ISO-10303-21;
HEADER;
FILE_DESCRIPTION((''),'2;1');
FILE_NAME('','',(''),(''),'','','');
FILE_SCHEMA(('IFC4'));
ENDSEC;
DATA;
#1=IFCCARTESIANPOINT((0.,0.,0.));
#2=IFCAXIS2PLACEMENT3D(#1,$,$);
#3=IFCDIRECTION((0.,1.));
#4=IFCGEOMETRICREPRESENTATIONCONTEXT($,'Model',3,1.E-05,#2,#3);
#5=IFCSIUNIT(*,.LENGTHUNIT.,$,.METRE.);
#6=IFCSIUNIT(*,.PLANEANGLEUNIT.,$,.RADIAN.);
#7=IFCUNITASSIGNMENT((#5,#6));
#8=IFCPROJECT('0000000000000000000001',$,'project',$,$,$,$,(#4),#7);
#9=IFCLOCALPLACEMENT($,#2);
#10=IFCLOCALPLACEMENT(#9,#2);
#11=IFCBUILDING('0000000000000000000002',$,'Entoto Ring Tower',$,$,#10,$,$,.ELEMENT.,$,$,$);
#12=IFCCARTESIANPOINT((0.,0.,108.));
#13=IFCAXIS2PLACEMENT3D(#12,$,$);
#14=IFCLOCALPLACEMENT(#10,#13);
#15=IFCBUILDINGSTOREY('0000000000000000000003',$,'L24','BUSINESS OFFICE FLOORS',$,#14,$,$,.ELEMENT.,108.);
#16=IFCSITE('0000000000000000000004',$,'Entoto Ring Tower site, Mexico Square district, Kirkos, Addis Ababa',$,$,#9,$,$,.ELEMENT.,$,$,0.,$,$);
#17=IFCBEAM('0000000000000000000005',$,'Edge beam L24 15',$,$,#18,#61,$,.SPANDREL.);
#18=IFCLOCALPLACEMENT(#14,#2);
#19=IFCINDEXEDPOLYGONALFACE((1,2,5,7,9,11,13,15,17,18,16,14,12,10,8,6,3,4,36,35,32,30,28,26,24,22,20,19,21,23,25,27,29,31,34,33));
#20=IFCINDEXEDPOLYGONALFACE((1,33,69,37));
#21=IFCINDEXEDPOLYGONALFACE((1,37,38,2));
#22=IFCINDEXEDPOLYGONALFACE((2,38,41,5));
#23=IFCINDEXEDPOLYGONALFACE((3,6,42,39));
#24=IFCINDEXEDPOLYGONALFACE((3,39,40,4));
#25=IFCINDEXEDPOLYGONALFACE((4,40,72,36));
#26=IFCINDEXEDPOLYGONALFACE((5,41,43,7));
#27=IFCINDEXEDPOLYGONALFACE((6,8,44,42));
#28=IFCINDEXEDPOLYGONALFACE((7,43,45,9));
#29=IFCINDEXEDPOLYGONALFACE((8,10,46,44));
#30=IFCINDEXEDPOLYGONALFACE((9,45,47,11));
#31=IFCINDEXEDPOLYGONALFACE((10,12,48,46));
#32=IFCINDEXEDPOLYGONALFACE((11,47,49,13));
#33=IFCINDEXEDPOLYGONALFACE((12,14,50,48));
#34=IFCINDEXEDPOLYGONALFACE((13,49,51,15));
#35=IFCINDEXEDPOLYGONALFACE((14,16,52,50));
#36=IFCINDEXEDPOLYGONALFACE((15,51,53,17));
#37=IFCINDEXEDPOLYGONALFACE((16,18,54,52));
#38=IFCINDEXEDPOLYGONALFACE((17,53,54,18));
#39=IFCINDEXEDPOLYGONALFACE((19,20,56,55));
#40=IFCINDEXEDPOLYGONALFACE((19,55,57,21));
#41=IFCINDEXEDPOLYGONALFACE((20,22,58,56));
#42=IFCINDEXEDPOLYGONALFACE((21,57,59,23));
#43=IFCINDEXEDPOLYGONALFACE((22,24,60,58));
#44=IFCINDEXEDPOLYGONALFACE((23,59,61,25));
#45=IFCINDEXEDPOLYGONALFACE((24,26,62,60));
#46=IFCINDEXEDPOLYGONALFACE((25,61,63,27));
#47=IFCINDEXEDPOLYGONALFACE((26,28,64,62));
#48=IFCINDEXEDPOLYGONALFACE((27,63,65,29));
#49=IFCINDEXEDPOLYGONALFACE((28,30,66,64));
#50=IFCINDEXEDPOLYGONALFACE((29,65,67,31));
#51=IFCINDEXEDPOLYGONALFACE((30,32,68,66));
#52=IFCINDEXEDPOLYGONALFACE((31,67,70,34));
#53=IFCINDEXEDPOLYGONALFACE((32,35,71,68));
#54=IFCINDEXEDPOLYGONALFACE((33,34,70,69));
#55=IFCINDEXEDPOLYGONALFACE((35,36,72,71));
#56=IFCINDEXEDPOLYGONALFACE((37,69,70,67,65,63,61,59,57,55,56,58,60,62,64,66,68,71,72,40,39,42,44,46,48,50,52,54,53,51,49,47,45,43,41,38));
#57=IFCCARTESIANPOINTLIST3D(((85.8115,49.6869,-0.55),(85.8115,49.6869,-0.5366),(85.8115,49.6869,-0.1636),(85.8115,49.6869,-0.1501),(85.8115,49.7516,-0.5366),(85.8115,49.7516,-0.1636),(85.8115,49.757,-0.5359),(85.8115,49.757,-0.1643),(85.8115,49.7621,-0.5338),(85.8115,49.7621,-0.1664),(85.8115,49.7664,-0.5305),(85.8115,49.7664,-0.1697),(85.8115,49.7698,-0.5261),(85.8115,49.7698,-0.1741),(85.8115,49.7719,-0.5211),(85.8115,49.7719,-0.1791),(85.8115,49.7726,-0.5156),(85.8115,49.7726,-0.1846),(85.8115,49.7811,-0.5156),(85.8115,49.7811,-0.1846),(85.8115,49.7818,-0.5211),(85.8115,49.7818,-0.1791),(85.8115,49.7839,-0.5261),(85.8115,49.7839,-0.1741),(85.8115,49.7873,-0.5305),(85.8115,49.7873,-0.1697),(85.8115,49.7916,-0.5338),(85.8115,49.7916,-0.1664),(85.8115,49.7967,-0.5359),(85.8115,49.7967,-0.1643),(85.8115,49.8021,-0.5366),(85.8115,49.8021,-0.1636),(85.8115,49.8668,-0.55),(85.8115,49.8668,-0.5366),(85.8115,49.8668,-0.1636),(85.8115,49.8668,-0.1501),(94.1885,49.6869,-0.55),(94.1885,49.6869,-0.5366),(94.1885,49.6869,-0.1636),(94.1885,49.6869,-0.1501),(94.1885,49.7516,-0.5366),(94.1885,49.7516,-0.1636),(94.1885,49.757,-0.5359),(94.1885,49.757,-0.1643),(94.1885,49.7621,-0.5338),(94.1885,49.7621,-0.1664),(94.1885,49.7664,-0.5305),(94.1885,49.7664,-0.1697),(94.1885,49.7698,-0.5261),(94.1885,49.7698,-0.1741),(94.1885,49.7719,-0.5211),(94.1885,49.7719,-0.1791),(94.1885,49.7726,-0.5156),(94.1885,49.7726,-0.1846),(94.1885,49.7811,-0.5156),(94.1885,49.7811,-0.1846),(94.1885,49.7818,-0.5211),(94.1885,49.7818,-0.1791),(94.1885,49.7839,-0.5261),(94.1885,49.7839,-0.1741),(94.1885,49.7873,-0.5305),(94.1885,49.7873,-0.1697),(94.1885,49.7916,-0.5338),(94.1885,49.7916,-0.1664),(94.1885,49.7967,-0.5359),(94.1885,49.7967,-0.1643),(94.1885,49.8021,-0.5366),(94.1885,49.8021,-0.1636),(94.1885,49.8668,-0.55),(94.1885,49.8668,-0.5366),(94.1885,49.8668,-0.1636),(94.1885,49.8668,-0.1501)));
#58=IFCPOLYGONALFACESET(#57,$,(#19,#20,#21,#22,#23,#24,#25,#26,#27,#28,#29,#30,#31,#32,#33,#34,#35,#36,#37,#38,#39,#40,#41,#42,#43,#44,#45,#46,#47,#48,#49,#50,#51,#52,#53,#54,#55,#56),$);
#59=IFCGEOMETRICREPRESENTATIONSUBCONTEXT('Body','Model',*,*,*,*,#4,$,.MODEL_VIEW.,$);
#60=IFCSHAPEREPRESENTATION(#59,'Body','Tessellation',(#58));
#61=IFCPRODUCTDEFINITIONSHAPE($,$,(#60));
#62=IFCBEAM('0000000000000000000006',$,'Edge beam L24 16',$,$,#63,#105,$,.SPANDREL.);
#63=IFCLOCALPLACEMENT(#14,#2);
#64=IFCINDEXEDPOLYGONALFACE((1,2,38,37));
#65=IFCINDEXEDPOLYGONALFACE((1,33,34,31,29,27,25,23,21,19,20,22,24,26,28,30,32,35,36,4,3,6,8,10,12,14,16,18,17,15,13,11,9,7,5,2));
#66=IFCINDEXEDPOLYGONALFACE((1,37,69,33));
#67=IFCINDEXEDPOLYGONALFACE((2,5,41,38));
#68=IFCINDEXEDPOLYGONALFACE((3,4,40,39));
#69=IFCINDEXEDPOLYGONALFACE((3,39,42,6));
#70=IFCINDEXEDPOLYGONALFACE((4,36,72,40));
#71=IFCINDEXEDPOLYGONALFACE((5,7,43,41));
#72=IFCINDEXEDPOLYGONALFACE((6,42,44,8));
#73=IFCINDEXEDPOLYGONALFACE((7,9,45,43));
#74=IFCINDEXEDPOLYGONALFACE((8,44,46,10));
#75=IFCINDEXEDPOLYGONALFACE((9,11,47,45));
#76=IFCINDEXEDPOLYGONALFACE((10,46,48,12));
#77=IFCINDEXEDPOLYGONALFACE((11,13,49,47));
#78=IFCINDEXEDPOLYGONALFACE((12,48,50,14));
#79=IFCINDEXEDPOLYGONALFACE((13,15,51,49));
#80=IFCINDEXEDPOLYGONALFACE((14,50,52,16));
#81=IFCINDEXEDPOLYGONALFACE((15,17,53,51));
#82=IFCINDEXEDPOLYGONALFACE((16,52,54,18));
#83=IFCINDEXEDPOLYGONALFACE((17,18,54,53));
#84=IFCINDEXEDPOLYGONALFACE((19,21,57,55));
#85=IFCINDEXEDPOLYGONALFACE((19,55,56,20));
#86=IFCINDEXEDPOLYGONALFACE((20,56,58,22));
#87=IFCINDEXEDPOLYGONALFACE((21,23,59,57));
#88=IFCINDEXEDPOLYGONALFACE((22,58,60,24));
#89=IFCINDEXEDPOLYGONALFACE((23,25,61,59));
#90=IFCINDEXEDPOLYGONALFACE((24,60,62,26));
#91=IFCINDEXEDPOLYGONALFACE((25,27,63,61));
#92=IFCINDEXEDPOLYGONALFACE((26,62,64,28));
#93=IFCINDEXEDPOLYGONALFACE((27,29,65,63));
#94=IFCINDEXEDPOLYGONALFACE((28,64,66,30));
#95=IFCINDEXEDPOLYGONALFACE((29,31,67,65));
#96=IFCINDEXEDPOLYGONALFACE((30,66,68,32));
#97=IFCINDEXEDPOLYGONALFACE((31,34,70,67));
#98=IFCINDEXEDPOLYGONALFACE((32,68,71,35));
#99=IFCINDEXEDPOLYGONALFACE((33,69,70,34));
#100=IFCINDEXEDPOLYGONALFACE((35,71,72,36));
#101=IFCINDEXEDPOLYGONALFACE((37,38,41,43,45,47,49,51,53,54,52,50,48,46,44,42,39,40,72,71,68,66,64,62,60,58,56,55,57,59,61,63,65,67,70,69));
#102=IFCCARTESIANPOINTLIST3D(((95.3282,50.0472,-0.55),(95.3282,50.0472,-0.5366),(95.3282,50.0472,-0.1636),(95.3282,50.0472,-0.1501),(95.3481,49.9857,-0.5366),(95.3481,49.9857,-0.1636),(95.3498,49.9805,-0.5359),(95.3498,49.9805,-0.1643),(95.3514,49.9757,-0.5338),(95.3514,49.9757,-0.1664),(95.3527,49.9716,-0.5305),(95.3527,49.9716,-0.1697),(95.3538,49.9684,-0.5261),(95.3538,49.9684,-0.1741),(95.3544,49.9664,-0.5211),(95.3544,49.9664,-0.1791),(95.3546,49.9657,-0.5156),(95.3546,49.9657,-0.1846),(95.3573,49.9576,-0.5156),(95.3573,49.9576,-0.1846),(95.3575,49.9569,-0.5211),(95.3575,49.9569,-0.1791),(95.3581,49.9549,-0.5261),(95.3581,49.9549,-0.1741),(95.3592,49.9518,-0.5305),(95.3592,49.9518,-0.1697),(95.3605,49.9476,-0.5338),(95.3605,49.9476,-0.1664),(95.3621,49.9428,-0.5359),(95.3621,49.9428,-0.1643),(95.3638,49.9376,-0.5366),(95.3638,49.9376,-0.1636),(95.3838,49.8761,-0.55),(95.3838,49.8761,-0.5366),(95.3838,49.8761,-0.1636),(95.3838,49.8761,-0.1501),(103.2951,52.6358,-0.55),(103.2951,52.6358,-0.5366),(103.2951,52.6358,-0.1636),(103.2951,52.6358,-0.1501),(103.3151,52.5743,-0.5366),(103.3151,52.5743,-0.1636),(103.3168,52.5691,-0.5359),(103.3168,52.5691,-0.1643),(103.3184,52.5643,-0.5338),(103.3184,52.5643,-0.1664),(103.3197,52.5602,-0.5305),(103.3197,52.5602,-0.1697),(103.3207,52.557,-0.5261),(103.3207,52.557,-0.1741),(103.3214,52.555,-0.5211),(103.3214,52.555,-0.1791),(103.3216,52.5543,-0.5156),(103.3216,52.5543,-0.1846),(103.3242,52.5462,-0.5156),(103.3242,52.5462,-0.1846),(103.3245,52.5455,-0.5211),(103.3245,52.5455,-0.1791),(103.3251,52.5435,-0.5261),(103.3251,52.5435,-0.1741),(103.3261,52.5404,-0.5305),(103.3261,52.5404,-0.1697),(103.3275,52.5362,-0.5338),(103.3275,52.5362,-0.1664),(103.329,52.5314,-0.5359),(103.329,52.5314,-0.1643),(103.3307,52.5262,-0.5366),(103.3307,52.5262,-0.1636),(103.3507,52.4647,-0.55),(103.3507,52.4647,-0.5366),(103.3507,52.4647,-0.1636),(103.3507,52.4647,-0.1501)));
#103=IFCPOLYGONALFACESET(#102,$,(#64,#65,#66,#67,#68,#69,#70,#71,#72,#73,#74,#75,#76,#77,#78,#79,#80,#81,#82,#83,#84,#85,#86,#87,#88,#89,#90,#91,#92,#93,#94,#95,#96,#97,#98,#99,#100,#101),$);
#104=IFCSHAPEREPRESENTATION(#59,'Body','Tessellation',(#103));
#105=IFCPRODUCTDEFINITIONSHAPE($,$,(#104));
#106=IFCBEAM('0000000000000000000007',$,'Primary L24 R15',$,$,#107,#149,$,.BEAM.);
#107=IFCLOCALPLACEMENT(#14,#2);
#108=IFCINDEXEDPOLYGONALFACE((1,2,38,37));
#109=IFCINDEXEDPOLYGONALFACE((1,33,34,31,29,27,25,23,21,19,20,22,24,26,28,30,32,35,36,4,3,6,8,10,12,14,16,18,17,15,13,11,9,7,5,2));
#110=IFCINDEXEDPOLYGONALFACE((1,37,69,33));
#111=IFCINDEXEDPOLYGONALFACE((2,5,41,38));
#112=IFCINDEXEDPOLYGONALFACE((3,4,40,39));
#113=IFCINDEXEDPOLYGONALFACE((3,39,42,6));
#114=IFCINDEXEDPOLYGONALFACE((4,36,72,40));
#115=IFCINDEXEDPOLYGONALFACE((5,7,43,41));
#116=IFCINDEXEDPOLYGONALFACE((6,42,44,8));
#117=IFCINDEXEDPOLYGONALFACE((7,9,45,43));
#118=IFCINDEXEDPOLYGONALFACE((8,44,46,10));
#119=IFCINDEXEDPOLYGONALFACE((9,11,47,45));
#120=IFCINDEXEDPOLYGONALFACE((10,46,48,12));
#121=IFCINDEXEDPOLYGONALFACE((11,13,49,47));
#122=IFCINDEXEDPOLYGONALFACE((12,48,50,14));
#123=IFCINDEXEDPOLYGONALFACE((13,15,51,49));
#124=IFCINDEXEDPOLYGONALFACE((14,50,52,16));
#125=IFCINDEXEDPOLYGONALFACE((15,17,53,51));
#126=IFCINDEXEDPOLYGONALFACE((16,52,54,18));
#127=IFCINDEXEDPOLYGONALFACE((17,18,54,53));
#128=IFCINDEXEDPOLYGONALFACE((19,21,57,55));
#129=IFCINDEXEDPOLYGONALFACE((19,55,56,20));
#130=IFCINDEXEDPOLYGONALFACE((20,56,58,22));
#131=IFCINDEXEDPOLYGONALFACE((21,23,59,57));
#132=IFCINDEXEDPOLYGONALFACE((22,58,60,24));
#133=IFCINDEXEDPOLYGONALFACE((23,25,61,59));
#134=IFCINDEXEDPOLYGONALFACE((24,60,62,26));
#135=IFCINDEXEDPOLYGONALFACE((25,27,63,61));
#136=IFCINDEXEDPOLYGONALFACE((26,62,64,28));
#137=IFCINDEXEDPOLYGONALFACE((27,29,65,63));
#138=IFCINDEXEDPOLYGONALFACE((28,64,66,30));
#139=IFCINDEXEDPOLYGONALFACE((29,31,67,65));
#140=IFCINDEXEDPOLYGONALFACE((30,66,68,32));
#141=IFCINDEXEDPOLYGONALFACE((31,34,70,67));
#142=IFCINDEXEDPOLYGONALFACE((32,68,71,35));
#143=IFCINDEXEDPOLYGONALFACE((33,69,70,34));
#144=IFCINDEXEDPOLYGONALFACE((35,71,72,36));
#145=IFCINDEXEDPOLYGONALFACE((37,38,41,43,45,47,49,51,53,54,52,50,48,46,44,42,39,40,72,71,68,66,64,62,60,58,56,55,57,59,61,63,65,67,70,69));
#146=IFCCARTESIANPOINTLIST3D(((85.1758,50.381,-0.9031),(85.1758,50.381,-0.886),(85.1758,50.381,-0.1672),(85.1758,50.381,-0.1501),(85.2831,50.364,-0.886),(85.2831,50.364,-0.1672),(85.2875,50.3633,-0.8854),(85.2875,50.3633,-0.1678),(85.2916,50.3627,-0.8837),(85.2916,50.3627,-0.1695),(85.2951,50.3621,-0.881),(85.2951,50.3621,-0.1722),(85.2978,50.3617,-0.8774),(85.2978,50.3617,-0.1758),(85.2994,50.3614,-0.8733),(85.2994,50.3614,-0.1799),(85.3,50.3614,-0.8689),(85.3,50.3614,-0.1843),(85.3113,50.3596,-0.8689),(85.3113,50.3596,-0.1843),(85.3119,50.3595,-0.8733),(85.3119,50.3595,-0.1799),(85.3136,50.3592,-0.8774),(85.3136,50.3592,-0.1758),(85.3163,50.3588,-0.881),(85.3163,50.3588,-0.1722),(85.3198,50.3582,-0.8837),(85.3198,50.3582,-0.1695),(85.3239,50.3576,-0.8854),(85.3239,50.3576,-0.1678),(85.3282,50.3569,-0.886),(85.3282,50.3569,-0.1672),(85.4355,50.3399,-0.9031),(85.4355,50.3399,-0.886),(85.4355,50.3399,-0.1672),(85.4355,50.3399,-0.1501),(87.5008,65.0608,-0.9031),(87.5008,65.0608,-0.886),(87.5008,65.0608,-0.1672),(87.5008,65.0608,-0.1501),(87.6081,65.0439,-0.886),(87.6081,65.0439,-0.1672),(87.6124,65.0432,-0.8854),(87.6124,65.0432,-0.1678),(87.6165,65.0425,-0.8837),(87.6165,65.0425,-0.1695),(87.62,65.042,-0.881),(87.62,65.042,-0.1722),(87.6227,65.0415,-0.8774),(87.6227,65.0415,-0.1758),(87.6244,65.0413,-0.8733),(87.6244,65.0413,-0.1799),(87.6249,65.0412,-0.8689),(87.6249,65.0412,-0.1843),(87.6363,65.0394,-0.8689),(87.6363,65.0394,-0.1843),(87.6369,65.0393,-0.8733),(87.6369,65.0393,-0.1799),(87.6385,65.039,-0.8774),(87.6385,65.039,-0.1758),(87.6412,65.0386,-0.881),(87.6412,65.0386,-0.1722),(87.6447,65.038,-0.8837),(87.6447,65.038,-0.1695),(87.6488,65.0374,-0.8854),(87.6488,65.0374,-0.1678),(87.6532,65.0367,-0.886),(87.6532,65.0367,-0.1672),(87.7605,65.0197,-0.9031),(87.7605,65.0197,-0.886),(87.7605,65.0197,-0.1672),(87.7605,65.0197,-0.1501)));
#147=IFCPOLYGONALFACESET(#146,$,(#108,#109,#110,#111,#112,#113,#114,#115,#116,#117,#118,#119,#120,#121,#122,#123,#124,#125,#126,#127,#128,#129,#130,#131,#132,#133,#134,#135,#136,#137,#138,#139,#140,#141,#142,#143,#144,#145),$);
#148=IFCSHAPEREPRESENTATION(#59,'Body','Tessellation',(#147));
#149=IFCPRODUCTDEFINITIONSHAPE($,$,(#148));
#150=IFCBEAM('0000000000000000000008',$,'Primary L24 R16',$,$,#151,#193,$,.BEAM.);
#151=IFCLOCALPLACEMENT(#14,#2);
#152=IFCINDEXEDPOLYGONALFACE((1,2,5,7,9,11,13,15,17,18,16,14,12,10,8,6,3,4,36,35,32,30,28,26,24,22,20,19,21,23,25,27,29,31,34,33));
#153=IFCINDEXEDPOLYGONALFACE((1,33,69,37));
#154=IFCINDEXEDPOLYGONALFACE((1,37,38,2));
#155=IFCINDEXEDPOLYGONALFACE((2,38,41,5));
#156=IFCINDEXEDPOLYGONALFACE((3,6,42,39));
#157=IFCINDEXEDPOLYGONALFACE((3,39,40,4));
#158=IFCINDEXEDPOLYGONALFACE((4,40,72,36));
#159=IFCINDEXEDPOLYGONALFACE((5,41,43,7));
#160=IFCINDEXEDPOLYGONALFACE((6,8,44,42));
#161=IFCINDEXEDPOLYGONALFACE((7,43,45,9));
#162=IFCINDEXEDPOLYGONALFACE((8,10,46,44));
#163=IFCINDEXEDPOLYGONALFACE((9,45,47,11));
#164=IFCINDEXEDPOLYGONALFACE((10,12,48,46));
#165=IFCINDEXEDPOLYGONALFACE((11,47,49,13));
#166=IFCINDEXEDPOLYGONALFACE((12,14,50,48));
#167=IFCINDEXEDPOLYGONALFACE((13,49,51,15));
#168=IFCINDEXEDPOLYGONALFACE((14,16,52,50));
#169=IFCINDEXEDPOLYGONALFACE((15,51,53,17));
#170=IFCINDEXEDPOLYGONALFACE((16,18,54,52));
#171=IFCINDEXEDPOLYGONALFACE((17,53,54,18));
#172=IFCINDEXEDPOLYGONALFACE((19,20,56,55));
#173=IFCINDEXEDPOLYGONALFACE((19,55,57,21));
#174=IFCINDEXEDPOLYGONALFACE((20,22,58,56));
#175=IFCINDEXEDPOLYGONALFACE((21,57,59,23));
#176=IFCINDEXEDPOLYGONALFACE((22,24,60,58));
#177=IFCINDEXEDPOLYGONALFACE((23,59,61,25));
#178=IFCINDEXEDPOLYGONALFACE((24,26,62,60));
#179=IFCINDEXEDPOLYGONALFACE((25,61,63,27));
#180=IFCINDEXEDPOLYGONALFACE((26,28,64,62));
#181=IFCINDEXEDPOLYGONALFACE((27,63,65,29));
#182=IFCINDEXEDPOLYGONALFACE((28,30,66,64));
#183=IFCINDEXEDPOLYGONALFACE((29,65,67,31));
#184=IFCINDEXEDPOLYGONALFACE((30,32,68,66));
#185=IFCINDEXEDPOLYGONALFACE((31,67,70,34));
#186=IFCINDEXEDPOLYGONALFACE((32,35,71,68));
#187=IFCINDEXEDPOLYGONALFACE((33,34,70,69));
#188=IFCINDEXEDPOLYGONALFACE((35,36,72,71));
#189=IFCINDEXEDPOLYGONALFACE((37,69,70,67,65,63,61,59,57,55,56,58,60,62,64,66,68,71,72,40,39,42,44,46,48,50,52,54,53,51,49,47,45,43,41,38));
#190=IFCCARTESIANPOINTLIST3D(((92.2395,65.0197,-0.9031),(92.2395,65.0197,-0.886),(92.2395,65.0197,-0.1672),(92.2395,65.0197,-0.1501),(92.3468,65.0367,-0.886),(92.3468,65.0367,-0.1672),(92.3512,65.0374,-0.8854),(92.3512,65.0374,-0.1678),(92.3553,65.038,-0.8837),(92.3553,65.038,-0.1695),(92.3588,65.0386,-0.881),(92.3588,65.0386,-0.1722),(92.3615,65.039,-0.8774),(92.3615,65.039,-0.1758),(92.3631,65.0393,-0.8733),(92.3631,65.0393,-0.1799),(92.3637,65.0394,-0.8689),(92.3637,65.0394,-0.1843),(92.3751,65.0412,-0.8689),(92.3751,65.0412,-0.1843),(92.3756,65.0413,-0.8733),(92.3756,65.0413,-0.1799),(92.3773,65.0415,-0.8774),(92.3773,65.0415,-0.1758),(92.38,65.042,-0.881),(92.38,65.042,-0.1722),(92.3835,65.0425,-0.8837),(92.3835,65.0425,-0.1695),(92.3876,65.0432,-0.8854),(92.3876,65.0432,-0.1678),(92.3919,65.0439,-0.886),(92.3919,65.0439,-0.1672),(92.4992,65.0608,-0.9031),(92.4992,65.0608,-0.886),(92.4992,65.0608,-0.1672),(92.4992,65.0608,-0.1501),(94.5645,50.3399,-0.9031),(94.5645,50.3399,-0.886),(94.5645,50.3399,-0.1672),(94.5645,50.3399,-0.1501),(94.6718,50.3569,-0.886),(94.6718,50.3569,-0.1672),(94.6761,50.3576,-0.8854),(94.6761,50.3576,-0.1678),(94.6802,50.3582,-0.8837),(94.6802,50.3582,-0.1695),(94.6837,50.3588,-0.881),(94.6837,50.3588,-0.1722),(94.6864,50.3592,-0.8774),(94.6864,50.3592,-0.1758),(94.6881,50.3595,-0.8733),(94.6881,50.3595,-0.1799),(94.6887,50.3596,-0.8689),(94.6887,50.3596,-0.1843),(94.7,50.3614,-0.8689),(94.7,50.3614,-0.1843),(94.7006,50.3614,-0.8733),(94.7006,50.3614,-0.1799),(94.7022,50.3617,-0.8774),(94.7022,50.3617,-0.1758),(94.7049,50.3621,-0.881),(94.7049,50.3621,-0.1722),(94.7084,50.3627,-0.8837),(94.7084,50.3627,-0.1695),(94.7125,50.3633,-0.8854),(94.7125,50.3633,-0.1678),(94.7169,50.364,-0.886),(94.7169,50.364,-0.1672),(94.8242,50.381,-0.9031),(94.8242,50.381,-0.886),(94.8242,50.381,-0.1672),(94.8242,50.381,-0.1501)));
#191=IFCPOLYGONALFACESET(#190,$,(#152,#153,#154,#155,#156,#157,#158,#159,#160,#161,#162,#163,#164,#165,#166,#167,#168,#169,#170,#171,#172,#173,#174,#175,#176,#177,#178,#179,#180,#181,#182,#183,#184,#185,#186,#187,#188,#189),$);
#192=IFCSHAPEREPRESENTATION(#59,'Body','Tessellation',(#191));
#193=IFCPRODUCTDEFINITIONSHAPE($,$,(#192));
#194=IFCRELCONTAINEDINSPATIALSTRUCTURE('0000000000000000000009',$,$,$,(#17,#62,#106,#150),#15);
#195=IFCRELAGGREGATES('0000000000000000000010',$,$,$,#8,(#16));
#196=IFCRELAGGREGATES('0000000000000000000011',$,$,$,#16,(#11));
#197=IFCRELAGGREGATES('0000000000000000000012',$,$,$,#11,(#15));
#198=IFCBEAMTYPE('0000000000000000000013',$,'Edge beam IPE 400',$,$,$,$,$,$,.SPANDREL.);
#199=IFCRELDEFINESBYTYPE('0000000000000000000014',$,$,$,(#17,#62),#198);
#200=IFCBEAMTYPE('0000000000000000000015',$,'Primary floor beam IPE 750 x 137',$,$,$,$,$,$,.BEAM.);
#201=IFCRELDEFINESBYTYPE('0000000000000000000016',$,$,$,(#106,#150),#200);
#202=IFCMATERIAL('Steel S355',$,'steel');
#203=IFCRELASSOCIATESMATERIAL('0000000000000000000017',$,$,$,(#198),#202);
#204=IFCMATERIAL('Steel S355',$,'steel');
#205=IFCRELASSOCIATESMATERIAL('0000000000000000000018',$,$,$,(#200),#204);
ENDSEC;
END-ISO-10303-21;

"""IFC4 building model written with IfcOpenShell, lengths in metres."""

from ifc_helpers import new_model, si_unit, direction, frame, origin, origin_2d, place, context, subcontext, project, spatial, i_section, extrude, material, material_profile, profile_set, type_object, element, save


model = new_model("IFC4")

# Units and contexts
model_context = context("Model", 3, precision=1e-05, world=origin(), true_north=direction((0.0, 1.0)))
body_context = subcontext(model_context, "Body", "Model", "MODEL_VIEW")
ifc_project = project(units=[si_unit("LENGTHUNIT", "METRE"), si_unit("PLANEANGLEUNIT", "RADIAN")], contexts=[model_context])

# Site, building, storey
site_placement = place(None, origin())
site = spatial("IfcSite", under=ifc_project, at=site_placement, Name="Entoto Ring Tower site, Mexico Square district, Kirkos, Addis Ababa", CompositionType="ELEMENT", RefElevation=0.0)
building_placement = place(site_placement, origin())
building = spatial("IfcBuilding", under=site, at=building_placement, Name="Entoto Ring Tower", CompositionType="ELEMENT")
storey_placement = place(building_placement, frame((0.0, 0.0, 108.0)))
storey = spatial("IfcBuildingStorey", under=building, at=storey_placement, Name="L24", Description="BUSINESS OFFICE FLOORS", CompositionType="ELEMENT", Elevation=108.0)

# Beams
ifc_material_1 = material(Name="Steel S355", Category="steel")
ifc_material_profile_1 = material_profile(ifc_material_1, i_section(OverallWidth=0.1799, OverallDepth=0.3999, WebThickness=0.0085, FlangeThickness=0.0134, FilletRadius=0.021, at=origin_2d()), Name="IPE 400")
ifc_profile_set_1 = profile_set([ifc_material_profile_1], Name="Steel S355")
beam_type_1 = type_object("IfcBeamType", Name="Edge beam IPE 400", PredefinedType="SPANDREL", material=ifc_profile_set_1)
for number, where, z_axis, x_axis, name in (
    (1, (85.8115, 49.7769, -0.3501), (1.0, 0.0, 0.0), (0.0, 1.0, 0.0), "Edge beam L24 15"),
    (2, (95.356, 49.9617, -0.3501), (0.951057, 0.309014, 0.0), (-0.309014, 0.951057, 0.0), "Edge beam L24 16"),
):
    element("IfcBeam", number, at=place(storey_placement, frame(where, z_axis=z_axis, x_axis=x_axis)), inside=storey, type_object=beam_type_1, Name=name, PredefinedType="SPANDREL", context=body_context, shape_type="SweptSolid", body=[
        extrude(i_section(OverallWidth=0.1799, OverallDepth=0.3999, WebThickness=0.0085, FlangeThickness=0.0134, FilletRadius=0.021, at=origin_2d()), origin(), (0.0, 0.0, 1.0), 8.377),
    ])
ifc_material_2 = material(Name="Steel S355", Category="steel")
ifc_material_profile_2 = material_profile(ifc_material_2, i_section(OverallWidth=0.2629, OverallDepth=0.7529, WebThickness=0.0115, FlangeThickness=0.0171, FilletRadius=0.0171, at=origin_2d()), Name="IPE 750 x 137")
ifc_profile_set_2 = profile_set([ifc_material_profile_2], Name="Steel S355")
beam_type_2 = type_object("IfcBeamType", Name="Primary floor beam IPE 750 x 137", PredefinedType="BEAM", material=ifc_profile_set_2)
for number, where, z_axis, x_axis, name in (
    (3, (87.6306, 65.0403, -0.5266), (-0.156426, -0.98769, 0.0), (0.98769, -0.156426, 0.0), "Primary L24 R15"),
    (4, (92.3694, 65.0403, -0.5266), (0.156426, -0.98769, 0.0), (0.98769, 0.156426, 0.0), "Primary L24 R16"),
):
    element("IfcBeam", number, at=place(storey_placement, frame(where, z_axis=z_axis, x_axis=x_axis)), inside=storey, type_object=beam_type_2, Name=name, PredefinedType="BEAM", context=body_context, shape_type="SweptSolid", body=[
        extrude(i_section(OverallWidth=0.2629, OverallDepth=0.7529, WebThickness=0.0115, FlangeThickness=0.0171, FilletRadius=0.0171, at=origin_2d()), origin(), (0.0, 0.0, 1.0), 14.8628),
    ])

save(model, "model.ifc")
